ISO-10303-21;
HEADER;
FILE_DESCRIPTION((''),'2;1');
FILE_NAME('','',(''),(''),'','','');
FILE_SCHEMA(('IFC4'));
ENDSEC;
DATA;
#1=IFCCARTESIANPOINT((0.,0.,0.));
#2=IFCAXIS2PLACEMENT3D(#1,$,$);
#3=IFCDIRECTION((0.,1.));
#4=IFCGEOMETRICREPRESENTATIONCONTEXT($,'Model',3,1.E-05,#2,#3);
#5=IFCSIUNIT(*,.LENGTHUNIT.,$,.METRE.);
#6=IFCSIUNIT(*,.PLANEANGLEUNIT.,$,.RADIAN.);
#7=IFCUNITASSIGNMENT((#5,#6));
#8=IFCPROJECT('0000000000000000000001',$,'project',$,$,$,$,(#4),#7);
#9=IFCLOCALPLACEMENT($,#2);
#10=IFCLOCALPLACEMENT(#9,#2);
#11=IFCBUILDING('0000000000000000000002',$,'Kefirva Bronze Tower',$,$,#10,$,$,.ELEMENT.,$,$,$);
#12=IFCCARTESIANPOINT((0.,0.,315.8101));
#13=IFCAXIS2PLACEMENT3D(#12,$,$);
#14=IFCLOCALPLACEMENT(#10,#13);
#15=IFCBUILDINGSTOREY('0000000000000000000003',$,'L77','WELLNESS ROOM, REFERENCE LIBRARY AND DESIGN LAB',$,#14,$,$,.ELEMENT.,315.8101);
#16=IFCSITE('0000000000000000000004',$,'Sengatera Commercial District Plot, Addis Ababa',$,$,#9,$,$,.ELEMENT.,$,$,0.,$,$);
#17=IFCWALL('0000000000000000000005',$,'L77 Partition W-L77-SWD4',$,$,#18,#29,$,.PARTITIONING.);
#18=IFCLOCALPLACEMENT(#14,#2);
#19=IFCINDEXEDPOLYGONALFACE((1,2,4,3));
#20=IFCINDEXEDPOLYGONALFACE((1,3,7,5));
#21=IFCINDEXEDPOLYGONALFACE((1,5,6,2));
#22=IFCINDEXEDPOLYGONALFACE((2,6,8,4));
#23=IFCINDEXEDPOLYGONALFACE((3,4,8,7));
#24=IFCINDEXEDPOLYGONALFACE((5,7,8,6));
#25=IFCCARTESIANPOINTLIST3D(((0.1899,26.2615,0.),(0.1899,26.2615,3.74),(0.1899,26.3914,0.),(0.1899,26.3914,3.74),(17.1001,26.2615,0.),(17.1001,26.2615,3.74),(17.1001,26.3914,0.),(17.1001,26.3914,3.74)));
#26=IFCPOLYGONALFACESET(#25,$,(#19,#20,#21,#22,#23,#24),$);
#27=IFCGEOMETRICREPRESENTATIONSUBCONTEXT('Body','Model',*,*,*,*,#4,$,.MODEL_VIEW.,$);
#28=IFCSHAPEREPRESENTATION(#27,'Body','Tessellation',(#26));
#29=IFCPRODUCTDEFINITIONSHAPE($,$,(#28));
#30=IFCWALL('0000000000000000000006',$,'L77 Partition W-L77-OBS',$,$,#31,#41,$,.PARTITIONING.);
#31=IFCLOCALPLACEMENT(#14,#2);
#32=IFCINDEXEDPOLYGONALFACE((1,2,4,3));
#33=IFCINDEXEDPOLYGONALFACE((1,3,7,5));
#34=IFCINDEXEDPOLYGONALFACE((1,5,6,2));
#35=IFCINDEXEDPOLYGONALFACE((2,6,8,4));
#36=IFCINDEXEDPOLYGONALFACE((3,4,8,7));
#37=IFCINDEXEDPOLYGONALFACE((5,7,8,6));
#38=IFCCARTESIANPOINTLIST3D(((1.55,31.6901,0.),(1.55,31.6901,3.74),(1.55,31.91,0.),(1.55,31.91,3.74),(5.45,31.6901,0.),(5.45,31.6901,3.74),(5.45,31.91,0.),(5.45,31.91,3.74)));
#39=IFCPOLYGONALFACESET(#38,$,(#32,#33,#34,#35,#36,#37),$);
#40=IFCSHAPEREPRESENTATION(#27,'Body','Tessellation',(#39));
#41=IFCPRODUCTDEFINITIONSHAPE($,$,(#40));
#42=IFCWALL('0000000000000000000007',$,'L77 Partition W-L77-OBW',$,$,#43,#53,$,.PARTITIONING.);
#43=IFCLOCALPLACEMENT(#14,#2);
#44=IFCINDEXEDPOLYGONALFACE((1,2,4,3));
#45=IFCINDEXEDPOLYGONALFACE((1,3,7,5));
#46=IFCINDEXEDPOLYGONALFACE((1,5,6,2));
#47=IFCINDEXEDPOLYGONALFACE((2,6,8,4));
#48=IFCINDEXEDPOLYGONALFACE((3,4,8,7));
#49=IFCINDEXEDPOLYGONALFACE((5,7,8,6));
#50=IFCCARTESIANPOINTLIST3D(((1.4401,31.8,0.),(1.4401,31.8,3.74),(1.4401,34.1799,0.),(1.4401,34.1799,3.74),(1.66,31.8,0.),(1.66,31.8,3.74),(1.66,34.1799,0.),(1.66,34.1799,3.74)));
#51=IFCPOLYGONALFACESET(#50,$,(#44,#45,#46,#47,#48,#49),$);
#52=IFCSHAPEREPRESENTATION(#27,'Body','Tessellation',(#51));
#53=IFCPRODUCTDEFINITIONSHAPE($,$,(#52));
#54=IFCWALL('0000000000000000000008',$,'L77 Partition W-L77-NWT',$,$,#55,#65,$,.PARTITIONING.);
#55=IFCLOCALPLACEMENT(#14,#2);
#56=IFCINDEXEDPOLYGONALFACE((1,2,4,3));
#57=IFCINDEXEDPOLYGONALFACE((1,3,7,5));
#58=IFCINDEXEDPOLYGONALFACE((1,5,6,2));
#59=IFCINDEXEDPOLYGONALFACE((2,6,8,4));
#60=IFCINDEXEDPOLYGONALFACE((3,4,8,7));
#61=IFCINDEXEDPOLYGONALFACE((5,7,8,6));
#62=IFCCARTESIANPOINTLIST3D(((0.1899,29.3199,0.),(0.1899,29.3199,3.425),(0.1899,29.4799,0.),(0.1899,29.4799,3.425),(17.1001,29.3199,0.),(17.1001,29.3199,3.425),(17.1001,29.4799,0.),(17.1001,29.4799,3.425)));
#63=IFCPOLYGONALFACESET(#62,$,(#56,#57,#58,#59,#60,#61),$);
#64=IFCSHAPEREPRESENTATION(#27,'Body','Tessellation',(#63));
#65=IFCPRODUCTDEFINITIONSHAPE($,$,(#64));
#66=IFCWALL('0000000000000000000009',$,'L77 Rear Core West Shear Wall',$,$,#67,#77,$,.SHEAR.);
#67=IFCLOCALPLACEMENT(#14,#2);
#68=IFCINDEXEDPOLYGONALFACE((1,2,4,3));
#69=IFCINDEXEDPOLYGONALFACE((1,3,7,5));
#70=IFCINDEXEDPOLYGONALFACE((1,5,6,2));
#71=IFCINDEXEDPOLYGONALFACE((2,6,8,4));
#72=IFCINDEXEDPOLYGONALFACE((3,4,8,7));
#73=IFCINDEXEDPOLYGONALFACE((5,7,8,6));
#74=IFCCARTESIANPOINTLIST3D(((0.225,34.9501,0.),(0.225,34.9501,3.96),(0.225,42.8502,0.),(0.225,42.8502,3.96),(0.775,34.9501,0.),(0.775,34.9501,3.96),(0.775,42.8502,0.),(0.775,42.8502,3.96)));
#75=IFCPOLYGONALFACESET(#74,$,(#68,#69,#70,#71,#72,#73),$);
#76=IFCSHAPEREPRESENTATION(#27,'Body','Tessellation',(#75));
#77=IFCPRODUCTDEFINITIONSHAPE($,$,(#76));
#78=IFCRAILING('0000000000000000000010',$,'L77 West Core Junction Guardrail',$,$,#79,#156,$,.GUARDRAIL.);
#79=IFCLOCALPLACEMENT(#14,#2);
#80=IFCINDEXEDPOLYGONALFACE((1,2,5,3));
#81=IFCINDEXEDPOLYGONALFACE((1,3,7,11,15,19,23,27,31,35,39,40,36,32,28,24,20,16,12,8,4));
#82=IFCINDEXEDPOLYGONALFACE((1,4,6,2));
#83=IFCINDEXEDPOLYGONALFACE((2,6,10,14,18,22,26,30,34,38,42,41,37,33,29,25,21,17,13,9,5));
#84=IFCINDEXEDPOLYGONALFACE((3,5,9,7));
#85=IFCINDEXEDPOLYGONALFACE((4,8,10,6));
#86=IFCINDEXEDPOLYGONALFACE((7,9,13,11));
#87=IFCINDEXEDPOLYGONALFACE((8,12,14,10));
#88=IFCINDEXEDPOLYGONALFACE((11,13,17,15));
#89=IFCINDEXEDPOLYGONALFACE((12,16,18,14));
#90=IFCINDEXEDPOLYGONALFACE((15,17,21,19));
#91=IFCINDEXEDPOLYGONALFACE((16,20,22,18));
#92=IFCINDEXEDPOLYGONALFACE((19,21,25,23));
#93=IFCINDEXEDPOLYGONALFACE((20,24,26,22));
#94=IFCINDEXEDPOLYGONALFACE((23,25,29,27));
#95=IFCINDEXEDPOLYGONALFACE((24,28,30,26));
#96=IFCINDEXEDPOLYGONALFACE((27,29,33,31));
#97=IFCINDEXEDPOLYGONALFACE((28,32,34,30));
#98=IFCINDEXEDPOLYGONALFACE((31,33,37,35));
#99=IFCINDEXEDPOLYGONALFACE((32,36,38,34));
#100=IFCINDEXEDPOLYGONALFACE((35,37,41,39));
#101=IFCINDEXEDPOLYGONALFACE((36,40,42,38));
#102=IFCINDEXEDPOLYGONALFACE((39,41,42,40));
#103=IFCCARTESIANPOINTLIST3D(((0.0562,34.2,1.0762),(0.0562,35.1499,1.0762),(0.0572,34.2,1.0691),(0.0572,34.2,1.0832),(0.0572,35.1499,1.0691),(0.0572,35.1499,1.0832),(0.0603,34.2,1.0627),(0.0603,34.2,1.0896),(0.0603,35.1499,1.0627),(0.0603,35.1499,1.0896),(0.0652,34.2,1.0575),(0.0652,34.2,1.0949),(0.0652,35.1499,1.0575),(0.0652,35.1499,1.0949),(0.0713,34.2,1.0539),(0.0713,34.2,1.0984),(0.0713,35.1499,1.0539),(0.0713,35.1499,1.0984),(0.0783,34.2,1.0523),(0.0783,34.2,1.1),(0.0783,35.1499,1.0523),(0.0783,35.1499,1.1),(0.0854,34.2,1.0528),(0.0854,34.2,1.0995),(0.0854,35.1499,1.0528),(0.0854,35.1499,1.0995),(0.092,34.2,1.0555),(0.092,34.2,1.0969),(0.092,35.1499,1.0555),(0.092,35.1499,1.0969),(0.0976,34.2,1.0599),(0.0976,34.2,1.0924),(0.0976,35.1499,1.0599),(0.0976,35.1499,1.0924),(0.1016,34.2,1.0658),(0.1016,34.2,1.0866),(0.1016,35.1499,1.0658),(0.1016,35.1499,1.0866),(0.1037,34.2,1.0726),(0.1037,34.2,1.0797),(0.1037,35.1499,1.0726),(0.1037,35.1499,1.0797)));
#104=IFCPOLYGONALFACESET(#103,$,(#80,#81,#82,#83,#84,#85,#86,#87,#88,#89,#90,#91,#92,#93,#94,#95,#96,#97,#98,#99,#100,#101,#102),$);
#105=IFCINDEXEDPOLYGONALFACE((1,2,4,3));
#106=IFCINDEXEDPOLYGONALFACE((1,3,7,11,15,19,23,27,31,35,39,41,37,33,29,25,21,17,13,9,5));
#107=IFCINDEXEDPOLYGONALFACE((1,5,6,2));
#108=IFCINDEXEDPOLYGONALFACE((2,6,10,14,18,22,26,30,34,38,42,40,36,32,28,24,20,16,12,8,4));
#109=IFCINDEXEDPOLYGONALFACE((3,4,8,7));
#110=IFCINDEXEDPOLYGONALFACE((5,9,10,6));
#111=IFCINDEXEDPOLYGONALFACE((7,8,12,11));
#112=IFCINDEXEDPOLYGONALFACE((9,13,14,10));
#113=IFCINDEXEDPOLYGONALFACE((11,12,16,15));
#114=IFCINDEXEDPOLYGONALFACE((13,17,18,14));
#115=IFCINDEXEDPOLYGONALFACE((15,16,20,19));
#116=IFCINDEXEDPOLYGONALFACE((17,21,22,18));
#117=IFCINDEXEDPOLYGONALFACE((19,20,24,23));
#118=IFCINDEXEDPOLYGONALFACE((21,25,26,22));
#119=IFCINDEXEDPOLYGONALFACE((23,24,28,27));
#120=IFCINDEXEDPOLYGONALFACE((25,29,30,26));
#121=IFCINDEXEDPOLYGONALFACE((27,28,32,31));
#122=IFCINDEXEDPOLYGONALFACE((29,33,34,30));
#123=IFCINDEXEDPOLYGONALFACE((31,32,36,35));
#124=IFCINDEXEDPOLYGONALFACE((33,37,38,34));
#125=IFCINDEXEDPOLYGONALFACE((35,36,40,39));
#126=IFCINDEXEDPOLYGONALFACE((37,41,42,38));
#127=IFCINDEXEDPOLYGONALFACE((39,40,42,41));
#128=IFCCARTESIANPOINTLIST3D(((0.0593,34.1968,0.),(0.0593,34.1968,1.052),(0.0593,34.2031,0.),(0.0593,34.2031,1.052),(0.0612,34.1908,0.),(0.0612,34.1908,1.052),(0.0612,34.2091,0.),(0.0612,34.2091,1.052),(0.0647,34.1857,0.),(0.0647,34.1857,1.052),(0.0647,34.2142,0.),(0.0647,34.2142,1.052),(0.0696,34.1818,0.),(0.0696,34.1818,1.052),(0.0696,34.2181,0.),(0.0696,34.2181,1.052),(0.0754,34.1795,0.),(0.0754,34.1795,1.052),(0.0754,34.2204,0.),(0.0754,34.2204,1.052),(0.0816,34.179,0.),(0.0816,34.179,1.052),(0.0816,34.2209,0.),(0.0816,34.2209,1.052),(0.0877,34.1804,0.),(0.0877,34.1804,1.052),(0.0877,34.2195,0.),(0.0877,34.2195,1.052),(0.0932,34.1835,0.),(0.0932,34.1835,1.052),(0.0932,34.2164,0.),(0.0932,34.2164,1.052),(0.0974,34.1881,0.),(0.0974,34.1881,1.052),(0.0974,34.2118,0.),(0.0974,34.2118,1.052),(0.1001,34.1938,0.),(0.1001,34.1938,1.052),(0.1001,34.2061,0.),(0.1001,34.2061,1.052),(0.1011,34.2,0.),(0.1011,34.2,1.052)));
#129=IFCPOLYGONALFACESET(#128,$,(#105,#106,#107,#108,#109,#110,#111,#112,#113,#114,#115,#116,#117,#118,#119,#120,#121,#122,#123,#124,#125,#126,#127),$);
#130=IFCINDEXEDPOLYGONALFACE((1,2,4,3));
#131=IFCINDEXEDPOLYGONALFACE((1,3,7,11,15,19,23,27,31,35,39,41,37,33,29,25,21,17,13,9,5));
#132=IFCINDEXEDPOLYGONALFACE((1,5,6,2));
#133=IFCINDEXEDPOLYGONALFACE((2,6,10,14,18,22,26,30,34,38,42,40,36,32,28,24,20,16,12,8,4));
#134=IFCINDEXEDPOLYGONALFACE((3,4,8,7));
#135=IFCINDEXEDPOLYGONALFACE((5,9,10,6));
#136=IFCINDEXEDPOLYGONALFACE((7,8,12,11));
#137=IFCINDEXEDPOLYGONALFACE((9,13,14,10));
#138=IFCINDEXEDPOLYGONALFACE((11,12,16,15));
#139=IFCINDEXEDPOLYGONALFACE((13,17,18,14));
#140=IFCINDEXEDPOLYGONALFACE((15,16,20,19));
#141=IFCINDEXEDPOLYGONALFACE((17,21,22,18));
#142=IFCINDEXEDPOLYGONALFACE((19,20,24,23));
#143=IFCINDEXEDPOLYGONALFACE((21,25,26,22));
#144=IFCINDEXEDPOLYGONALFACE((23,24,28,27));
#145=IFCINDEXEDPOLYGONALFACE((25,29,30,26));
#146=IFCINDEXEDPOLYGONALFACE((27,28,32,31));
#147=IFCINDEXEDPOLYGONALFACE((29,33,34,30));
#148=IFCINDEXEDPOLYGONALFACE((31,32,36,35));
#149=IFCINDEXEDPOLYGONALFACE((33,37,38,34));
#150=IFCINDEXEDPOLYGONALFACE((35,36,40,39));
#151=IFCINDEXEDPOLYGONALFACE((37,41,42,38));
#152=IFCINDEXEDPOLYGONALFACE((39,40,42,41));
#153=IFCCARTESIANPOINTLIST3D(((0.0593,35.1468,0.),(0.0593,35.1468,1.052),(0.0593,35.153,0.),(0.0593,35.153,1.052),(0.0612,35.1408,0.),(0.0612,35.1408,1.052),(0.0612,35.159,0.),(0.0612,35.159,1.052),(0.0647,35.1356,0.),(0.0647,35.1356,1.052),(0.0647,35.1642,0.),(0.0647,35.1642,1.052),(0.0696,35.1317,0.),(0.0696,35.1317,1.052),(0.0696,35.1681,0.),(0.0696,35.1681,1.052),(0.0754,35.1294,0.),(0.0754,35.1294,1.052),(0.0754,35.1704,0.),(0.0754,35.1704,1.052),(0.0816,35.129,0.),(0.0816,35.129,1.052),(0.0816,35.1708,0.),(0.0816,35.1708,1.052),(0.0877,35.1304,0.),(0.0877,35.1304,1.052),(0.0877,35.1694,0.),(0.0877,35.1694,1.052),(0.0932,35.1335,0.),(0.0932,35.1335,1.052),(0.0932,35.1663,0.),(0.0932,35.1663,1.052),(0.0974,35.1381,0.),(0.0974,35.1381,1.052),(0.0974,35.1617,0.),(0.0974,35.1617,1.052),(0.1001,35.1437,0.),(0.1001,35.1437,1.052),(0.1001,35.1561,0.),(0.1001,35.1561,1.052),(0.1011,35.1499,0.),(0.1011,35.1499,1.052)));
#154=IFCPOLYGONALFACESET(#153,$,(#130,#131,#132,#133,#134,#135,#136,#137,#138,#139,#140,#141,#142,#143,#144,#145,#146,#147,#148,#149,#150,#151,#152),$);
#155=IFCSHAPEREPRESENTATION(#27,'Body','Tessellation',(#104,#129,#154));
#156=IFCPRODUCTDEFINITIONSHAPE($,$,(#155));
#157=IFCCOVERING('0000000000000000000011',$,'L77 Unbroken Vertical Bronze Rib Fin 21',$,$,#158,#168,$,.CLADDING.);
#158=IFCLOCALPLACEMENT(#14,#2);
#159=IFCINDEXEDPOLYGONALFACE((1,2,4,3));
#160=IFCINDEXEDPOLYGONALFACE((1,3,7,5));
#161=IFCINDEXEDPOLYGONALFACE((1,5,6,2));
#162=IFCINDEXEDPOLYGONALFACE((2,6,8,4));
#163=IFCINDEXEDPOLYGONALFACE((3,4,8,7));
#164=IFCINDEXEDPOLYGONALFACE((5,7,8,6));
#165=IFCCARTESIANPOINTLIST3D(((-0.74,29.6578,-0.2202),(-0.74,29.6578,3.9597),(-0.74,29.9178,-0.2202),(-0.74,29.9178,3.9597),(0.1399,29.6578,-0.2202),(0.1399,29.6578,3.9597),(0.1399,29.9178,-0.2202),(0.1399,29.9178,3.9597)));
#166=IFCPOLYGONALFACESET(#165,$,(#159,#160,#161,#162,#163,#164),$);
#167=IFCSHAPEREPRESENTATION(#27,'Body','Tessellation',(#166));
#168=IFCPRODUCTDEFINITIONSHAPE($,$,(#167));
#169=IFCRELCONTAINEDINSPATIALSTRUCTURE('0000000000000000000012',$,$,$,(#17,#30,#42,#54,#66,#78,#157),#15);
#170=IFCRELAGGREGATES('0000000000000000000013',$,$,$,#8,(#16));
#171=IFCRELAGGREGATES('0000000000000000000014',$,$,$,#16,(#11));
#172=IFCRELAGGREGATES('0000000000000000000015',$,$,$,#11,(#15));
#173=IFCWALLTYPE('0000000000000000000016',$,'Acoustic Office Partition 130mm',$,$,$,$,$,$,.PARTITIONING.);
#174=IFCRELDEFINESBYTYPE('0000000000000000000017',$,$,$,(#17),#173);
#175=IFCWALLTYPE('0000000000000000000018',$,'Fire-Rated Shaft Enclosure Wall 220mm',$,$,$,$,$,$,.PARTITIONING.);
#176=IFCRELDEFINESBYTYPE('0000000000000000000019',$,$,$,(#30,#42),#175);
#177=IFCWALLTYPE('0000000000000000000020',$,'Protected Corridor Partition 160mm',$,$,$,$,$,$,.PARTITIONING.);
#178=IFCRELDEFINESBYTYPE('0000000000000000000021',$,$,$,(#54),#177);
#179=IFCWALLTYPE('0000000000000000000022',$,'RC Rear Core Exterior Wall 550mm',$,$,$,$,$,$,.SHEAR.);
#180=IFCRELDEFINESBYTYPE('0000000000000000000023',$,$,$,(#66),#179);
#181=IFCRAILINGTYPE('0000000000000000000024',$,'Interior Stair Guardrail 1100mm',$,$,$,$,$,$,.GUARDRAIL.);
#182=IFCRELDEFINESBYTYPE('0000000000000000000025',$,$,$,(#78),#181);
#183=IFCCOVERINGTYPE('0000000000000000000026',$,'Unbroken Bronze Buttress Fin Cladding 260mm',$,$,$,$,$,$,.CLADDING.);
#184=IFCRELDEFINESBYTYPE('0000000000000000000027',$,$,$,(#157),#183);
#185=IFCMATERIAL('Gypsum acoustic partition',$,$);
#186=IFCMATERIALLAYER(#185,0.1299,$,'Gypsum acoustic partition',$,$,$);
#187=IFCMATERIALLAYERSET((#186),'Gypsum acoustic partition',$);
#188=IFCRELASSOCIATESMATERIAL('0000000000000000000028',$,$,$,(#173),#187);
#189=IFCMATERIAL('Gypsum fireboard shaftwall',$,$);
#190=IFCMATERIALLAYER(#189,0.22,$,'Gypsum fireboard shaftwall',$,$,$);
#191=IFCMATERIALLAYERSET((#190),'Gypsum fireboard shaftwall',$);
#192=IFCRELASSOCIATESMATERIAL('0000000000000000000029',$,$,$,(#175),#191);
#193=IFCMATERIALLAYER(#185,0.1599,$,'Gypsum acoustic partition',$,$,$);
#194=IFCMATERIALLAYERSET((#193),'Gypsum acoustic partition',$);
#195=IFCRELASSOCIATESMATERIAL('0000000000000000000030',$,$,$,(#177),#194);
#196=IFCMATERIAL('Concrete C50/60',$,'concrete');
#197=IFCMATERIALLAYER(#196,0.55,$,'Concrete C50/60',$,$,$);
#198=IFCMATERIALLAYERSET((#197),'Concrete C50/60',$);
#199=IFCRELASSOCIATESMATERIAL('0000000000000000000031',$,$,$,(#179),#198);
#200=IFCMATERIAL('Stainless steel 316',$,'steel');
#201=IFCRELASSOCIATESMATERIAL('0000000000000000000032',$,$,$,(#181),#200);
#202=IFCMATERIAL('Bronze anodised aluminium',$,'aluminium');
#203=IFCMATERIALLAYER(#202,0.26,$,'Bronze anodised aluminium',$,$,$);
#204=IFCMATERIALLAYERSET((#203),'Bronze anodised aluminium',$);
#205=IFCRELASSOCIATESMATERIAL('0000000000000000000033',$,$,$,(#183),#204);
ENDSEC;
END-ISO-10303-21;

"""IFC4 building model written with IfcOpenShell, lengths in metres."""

from ifc_helpers import new_model, si_unit, direction, frame, frame_2d, origin, origin_2d, place, context, subcontext, project, spatial, rectangle, circle, extrude, material, layer, layer_set, type_object, element, save


model = new_model("IFC4")

# Units and contexts
model_context = context("Model", 3, precision=1e-05, world=origin(), true_north=direction((0.0, 1.0)))
body_context = subcontext(model_context, "Body", "Model", "MODEL_VIEW")
ifc_project = project(units=[si_unit("LENGTHUNIT", "METRE"), si_unit("PLANEANGLEUNIT", "RADIAN")], contexts=[model_context])

# Site, building, storey
site_placement = place(None, origin())
site = spatial("IfcSite", under=ifc_project, at=site_placement, Name="Sengatera Commercial District Plot, Addis Ababa", CompositionType="ELEMENT", RefElevation=0.0)
building_placement = place(site_placement, origin())
building = spatial("IfcBuilding", under=site, at=building_placement, Name="Kefirva Bronze Tower", CompositionType="ELEMENT")
storey_placement = place(building_placement, frame((0.0, 0.0, 315.8101)))
storey = spatial("IfcBuildingStorey", under=building, at=storey_placement, Name="L77", Description="WELLNESS ROOM, REFERENCE LIBRARY AND DESIGN LAB", CompositionType="ELEMENT", Elevation=315.8101)

# Shared definitions
ifc_material_1 = material(Name="Concrete C50/60", Category="concrete")

# Shared definitions
ifc_material_2 = material(Name="Bronze anodised aluminium", Category="aluminium")

# Walls
ifc_material_3 = material(Name="Gypsum acoustic partition")
ifc_layer_1 = layer(ifc_material_3, 0.1299, Name="Gypsum acoustic partition")
ifc_layer_set_1 = layer_set([ifc_layer_1], Name="Gypsum acoustic partition")
wall_type_1 = type_object("IfcWallType", Name="Acoustic Office Partition 130mm", PredefinedType="PARTITIONING", material=ifc_layer_set_1)
wall_1_placement = place(storey_placement, frame((0.1899, 26.3264, 0.0), z_axis=(0.0, 0.0, 1.0), x_axis=(1.0, 0.0, 0.0)))
element("IfcWall", 1, at=wall_1_placement, inside=storey, type_object=wall_type_1, Name="L77 Partition W-L77-SWD4", PredefinedType="PARTITIONING", context=body_context, shape_type="SweptSolid", body=[
    extrude(rectangle(XDim=16.9102, YDim=0.1299, at=frame_2d((8.4551, 0.0))), origin(), (0.0, 0.0, 1.0), 3.74),
])
ifc_material_4 = material(Name="Gypsum fireboard shaftwall")
ifc_layer_2 = layer(ifc_material_4, 0.22, Name="Gypsum fireboard shaftwall")
ifc_layer_set_2 = layer_set([ifc_layer_2], Name="Gypsum fireboard shaftwall")
wall_type_2 = type_object("IfcWallType", Name="Fire-Rated Shaft Enclosure Wall 220mm", PredefinedType="PARTITIONING", material=ifc_layer_set_2)
wall_2_placement = place(storey_placement, frame((1.55, 31.8, 0.0), z_axis=(0.0, 0.0, 1.0), x_axis=(1.0, 0.0, 0.0)))
element("IfcWall", 2, at=wall_2_placement, inside=storey, type_object=wall_type_2, Name="L77 Partition W-L77-OBS", PredefinedType="PARTITIONING", context=body_context, shape_type="SweptSolid", body=[
    extrude(rectangle(XDim=3.8999, YDim=0.22, at=frame_2d((1.95, 0.0))), origin(), (0.0, 0.0, 1.0), 3.74),
])
wall_3_placement = place(storey_placement, frame((1.55, 31.8, 0.0), z_axis=(0.0, 0.0, 1.0), x_axis=(0.0, 1.0, 0.0)))
element("IfcWall", 3, at=wall_3_placement, inside=storey, type_object=wall_type_2, Name="L77 Partition W-L77-OBW", PredefinedType="PARTITIONING", context=body_context, shape_type="SweptSolid", body=[
    extrude(rectangle(XDim=2.3799, YDim=0.22, at=frame_2d((1.1899, 0.0))), origin(), (0.0, 0.0, 1.0), 3.74),
])
ifc_layer_3 = layer(ifc_material_3, 0.1599, Name="Gypsum acoustic partition")
ifc_layer_set_3 = layer_set([ifc_layer_3], Name="Gypsum acoustic partition")
wall_type_3 = type_object("IfcWallType", Name="Protected Corridor Partition 160mm", PredefinedType="PARTITIONING", material=ifc_layer_set_3)
wall_4_placement = place(storey_placement, frame((0.1899, 29.3999, 0.0), z_axis=(0.0, 0.0, 1.0), x_axis=(1.0, 0.0, 0.0)))
element("IfcWall", 4, at=wall_4_placement, inside=storey, type_object=wall_type_3, Name="L77 Partition W-L77-NWT", PredefinedType="PARTITIONING", context=body_context, shape_type="SweptSolid", body=[
    extrude(rectangle(XDim=16.9102, YDim=0.1599, at=frame_2d((8.4551, 0.0))), origin(), (0.0, 0.0, 1.0), 3.425),
])
ifc_layer_4 = layer(ifc_material_1, 0.55, Name="Concrete C50/60")
ifc_layer_set_4 = layer_set([ifc_layer_4], Name="Concrete C50/60")
wall_type_4 = type_object("IfcWallType", Name="RC Rear Core Exterior Wall 550mm", PredefinedType="SHEAR", material=ifc_layer_set_4)
wall_5_placement = place(storey_placement, frame((0.5, 34.95, 0.0), z_axis=(0.0, 0.0, 1.0), x_axis=(0.0, 1.0, 0.0)))
element("IfcWall", 5, at=wall_5_placement, inside=storey, type_object=wall_type_4, Name="L77 Rear Core West Shear Wall", PredefinedType="SHEAR", context=body_context, shape_type="SweptSolid", body=[
    extrude(rectangle(XDim=7.9001, YDim=0.55, at=frame_2d((3.9502, 0.0))), origin(), (0.0, 0.0, 1.0), 3.96),
])

# Railing
ifc_material_5 = material(Name="Stainless steel 316", Category="steel")
railing_type = type_object("IfcRailingType", Name="Interior Stair Guardrail 1100mm", PredefinedType="GUARDRAIL", material=ifc_material_5)
railing_placement = place(storey_placement, frame((0.0801, 34.2, 0.0)))
element("IfcRailing", 6, at=railing_placement, inside=storey, type_object=railing_type, Name="L77 West Core Junction Guardrail", PredefinedType="GUARDRAIL", context=body_context, shape_type="SweptSolid", body=[
    extrude(circle(Radius=0.0239, at=origin_2d()), frame((0.0, 0.0, 1.0762), z_axis=(0.0, 1.0, 0.0), x_axis=(-1.0, 0.0, 0.0)), (0.0, 0.0, 1.0), 0.95),
    extrude(circle(Radius=0.021, at=origin_2d()), origin(), (0.0, 0.0, 1.0), 1.052),
    extrude(circle(Radius=0.021, at=origin_2d()), frame((0.0, 0.95, 0.0)), (0.0, 0.0, 1.0), 1.052),
])

# Covering
ifc_layer_5 = layer(ifc_material_2, 0.26, Name="Bronze anodised aluminium")
ifc_layer_set_5 = layer_set([ifc_layer_5], Name="Bronze anodised aluminium")
covering_type = type_object("IfcCoveringType", Name="Unbroken Bronze Buttress Fin Cladding 260mm", PredefinedType="CLADDING", material=ifc_layer_set_5)
covering_placement = place(storey_placement, frame((-0.3, 29.7878, -0.2202), z_axis=(0.0, 0.0, 1.0), x_axis=(0.0, -1.0, 0.0)))
element("IfcCovering", 7, at=covering_placement, inside=storey, type_object=covering_type, Name="L77 Unbroken Vertical Bronze Rib Fin 21", PredefinedType="CLADDING", context=body_context, shape_type="SweptSolid", body=[
    extrude(rectangle(XDim=0.26, YDim=0.8799, at=origin_2d()), origin(), (0.0, 0.0, 1.0), 4.1799),
])

save(model, "model.ifc")
